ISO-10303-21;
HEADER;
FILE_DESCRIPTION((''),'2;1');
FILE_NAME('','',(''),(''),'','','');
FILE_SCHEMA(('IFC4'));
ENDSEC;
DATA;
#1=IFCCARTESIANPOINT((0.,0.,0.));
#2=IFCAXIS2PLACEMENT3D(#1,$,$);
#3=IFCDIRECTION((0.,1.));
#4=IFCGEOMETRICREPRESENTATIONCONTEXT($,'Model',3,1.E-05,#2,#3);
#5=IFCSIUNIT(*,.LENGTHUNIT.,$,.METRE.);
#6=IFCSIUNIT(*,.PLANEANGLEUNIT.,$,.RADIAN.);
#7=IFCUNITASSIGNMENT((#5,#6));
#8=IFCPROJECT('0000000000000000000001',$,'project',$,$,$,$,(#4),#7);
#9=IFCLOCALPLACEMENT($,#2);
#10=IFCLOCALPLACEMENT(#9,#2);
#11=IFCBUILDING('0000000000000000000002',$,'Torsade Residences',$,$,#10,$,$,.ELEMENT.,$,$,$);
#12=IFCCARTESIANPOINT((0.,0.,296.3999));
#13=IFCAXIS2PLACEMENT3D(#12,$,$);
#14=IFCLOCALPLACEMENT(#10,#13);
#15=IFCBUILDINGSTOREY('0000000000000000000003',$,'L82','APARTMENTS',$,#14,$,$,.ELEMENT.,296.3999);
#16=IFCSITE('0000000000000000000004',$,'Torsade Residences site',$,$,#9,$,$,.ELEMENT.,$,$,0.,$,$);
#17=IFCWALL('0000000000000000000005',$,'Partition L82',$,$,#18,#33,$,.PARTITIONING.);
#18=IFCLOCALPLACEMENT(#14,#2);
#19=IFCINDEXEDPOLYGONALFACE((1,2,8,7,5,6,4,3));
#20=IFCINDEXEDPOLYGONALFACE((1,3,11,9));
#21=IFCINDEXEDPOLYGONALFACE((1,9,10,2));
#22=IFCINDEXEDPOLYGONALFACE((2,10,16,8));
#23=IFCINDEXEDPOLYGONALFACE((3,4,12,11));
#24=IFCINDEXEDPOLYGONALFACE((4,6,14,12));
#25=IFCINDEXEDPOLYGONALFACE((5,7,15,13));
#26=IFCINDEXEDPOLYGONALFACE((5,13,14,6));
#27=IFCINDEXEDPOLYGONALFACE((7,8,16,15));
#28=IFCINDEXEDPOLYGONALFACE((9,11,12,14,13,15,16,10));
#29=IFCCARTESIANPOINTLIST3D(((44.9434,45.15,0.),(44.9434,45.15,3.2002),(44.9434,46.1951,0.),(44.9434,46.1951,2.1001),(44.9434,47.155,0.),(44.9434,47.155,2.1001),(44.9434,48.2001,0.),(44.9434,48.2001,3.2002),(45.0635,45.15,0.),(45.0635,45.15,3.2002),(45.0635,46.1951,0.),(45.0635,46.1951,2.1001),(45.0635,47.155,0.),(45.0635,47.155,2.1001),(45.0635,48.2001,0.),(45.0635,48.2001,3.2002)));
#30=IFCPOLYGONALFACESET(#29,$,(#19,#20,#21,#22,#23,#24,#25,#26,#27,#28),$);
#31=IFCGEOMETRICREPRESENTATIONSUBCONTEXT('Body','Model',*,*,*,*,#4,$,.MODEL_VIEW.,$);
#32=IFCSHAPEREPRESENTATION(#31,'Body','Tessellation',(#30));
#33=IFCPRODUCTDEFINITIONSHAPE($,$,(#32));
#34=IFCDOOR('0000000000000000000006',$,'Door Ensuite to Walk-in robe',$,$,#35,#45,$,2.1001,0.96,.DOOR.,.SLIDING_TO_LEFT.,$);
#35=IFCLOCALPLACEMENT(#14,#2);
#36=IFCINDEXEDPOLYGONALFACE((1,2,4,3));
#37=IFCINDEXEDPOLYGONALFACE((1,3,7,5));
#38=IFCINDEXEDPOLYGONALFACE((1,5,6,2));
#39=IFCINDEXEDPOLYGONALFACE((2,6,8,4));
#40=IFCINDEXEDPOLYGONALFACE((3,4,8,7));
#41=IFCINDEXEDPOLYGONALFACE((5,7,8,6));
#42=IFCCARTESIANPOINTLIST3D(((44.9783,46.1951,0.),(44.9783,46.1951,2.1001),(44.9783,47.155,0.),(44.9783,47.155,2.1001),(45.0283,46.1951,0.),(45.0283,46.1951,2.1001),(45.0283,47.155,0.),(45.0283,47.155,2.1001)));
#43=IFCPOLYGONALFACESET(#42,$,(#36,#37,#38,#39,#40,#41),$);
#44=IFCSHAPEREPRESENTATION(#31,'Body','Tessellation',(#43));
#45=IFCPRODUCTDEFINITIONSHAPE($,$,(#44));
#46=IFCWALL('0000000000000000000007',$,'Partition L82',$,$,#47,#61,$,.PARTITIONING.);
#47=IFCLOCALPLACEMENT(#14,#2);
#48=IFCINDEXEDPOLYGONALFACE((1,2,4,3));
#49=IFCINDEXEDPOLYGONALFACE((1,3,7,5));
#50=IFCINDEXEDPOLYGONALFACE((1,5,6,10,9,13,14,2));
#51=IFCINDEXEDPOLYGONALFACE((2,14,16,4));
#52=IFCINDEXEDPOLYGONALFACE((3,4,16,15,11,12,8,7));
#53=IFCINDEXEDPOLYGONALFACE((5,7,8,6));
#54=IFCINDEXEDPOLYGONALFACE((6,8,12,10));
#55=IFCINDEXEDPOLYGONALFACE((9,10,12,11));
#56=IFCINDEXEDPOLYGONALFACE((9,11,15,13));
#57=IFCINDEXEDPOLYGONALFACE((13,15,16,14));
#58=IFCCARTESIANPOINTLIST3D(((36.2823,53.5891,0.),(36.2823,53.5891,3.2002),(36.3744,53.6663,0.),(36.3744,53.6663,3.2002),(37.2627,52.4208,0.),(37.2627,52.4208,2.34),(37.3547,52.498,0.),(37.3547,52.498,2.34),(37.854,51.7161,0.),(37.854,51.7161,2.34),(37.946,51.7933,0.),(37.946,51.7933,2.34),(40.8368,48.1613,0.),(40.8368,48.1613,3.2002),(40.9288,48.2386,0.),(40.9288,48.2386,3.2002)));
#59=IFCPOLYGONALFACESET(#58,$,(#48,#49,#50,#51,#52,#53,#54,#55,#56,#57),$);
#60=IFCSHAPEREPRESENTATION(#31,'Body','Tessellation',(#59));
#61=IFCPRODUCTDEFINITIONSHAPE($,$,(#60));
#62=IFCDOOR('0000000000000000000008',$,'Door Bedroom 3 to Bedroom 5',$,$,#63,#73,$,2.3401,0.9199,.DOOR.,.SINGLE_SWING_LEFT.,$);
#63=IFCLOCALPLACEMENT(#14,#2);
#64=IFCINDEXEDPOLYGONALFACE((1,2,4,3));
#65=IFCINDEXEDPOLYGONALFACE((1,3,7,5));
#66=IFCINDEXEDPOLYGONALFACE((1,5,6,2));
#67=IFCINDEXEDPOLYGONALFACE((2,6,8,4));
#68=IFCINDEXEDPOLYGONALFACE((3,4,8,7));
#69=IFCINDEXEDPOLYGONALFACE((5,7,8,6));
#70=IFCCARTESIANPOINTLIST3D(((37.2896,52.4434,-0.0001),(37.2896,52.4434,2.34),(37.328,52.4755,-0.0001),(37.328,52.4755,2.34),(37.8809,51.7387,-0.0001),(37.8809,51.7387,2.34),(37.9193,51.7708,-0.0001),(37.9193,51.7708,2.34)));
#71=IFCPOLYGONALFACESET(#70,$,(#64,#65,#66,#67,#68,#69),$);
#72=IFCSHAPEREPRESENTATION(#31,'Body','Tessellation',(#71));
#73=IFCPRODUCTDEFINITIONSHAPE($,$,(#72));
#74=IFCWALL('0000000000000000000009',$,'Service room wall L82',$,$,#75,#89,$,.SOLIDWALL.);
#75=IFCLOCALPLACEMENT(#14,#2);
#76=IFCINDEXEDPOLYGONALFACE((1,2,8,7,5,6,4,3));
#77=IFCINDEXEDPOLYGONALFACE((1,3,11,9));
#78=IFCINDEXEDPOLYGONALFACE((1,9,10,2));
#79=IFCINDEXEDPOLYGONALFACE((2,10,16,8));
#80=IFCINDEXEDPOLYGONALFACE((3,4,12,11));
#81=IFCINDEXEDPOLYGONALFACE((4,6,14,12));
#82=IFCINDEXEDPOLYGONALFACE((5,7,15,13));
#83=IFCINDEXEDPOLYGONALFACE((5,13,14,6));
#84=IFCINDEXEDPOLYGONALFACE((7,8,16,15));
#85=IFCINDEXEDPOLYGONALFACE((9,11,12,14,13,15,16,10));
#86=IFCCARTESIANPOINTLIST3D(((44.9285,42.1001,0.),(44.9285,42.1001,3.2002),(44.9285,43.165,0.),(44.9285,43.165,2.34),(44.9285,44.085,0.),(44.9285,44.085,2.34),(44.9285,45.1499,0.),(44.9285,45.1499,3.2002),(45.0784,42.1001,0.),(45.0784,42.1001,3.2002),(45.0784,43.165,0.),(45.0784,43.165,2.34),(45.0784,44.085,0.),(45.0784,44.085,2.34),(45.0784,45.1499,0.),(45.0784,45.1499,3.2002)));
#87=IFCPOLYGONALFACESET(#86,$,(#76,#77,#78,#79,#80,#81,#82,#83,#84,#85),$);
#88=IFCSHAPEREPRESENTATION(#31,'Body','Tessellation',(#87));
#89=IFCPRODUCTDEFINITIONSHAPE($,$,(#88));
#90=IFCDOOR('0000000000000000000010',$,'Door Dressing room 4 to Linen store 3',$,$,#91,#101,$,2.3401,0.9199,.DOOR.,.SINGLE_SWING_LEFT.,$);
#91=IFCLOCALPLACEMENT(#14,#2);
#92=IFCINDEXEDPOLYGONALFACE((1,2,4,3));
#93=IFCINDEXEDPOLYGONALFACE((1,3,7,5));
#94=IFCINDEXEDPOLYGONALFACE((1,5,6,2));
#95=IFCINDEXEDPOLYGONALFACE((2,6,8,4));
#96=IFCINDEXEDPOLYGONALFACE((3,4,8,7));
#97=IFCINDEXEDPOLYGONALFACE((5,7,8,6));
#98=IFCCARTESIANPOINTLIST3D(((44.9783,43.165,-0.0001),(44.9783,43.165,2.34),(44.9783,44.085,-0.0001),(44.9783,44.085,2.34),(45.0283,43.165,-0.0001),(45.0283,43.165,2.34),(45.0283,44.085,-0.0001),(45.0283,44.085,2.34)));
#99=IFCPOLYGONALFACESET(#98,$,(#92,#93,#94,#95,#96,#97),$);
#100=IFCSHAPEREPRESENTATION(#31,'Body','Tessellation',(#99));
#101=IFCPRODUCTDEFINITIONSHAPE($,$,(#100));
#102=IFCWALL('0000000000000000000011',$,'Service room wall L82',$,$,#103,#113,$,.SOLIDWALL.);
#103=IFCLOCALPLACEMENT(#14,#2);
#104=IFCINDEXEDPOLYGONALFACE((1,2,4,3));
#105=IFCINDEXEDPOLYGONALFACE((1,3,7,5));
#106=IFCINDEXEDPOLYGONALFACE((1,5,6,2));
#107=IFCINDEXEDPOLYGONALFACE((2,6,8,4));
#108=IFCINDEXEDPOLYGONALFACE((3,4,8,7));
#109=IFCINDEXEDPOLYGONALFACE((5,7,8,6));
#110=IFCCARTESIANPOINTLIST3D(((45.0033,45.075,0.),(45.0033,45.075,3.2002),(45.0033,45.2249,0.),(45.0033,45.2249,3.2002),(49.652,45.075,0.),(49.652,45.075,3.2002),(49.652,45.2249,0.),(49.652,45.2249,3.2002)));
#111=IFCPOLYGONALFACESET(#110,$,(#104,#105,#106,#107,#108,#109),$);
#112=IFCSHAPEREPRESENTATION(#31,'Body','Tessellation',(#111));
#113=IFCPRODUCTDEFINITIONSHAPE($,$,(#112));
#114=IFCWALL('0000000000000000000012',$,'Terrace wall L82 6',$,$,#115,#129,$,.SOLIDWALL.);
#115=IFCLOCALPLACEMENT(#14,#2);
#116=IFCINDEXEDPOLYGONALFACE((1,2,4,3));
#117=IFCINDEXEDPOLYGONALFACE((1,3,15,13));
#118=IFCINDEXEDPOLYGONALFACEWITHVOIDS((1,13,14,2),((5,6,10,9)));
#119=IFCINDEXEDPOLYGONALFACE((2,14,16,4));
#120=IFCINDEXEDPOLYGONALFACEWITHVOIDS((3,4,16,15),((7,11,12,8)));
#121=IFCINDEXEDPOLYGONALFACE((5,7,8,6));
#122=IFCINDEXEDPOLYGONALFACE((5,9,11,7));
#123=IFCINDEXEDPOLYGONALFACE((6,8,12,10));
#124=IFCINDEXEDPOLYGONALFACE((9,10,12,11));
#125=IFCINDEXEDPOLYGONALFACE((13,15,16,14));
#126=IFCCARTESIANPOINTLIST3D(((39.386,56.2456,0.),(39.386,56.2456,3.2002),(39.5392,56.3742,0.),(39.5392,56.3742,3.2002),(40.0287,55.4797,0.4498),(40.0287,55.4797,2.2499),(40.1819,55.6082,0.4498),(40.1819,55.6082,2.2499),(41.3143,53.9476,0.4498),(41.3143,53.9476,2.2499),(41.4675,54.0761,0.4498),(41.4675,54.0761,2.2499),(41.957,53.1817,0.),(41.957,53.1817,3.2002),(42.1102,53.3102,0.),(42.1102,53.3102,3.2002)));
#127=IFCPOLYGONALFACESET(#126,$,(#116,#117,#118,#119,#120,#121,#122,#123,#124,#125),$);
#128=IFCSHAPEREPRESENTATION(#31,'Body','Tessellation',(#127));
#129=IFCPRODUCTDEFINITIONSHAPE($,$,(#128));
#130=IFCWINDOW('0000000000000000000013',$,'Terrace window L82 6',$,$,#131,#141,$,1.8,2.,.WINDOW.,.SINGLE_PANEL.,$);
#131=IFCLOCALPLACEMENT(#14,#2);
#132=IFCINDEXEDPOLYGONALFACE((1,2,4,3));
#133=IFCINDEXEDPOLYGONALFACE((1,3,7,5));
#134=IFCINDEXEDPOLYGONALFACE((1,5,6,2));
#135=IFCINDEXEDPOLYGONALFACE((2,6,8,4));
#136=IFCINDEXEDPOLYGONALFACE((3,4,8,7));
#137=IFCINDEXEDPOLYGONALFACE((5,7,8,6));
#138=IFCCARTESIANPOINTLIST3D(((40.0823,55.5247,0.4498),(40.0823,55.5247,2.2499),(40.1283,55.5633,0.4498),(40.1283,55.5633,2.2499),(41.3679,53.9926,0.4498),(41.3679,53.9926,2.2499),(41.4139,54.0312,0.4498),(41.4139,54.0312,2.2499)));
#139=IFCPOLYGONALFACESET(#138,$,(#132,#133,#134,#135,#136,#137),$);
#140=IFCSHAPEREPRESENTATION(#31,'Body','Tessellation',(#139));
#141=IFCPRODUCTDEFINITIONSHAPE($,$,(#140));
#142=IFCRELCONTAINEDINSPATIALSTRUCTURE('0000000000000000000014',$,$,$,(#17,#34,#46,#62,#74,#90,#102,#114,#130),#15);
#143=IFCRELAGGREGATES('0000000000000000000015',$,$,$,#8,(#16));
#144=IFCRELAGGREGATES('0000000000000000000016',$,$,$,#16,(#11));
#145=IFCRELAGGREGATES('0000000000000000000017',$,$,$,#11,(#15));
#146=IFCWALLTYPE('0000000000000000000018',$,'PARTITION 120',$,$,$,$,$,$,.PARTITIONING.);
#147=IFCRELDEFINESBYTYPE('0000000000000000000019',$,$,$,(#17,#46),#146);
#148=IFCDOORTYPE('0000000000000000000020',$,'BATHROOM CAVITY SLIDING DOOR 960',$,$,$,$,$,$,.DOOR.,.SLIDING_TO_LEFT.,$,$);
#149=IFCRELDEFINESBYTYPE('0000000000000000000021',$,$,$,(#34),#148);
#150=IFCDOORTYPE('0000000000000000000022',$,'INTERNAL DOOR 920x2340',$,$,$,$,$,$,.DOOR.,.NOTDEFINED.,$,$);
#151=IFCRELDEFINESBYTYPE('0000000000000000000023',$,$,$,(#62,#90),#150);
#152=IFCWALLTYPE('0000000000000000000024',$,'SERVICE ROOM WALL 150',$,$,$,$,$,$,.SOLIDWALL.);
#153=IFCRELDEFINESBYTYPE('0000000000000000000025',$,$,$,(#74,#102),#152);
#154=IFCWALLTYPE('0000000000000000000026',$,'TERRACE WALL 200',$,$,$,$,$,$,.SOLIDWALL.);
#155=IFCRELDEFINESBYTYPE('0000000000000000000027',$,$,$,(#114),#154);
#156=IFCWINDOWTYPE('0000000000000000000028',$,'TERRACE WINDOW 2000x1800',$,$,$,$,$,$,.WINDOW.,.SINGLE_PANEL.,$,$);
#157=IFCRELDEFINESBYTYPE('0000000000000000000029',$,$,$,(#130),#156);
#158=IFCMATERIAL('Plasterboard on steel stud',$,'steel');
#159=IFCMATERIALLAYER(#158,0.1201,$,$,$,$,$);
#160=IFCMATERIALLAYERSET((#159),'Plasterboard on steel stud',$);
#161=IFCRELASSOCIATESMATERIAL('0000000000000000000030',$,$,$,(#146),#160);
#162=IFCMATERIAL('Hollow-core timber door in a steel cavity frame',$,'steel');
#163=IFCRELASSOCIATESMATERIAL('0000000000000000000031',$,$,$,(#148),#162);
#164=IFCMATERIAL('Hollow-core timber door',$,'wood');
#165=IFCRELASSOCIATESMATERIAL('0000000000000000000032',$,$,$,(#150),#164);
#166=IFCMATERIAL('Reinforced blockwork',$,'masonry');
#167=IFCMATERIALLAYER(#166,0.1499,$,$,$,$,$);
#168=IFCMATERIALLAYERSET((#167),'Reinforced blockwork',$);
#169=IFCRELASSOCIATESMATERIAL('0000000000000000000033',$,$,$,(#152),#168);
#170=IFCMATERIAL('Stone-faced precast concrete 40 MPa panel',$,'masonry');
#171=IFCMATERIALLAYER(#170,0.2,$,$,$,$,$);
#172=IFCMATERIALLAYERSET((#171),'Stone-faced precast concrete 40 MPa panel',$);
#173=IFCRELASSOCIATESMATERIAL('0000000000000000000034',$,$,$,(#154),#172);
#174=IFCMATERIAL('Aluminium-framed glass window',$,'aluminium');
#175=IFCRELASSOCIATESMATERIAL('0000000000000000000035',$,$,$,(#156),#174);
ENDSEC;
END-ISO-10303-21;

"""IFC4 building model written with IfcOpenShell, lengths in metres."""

from ifc_helpers import new_model, si_unit, direction, frame, frame_2d, origin, place, context, subcontext, project, spatial, rectangle, extrude, material, layer, layer_set, type_object, element, fill, save


model = new_model("IFC4")

# Units and contexts
model_context = context("Model", 3, precision=1e-05, world=origin(), true_north=direction((0.0, 1.0)))
body_context = subcontext(model_context, "Body", "Model", "MODEL_VIEW")
ifc_project = project(units=[si_unit("LENGTHUNIT", "METRE"), si_unit("PLANEANGLEUNIT", "RADIAN")], contexts=[model_context])

# Site, building, storey
site_placement = place(None, origin())
site = spatial("IfcSite", under=ifc_project, at=site_placement, Name="Torsade Residences site", CompositionType="ELEMENT", RefElevation=0.0)
building_placement = place(site_placement, origin())
building = spatial("IfcBuilding", under=site, at=building_placement, Name="Torsade Residences", CompositionType="ELEMENT")
storey_placement = place(building_placement, frame((0.0, 0.0, 296.3999)))
storey = spatial("IfcBuildingStorey", under=building, at=storey_placement, Name="L82", Description="APARTMENTS", CompositionType="ELEMENT", Elevation=296.3999)

# Shared definitions
ifc_material_1 = material(Name="Plasterboard on steel stud", Category="steel")
ifc_layer_1 = layer(ifc_material_1, 0.1201)
ifc_layer_set_1 = layer_set([ifc_layer_1], Name="Plasterboard on steel stud")
wall_type_1 = type_object("IfcWallType", Name="PARTITION 120", PredefinedType="PARTITIONING", material=ifc_layer_set_1)
ifc_material_2 = material(Name="Hollow-core timber door in a steel cavity frame", Category="steel")
door_type_1 = type_object("IfcDoorType", Name="BATHROOM CAVITY SLIDING DOOR 960", OperationType="SLIDING_TO_LEFT", PredefinedType="DOOR", material=ifc_material_2)

# Walls, openings, doors
wall_1_placement = place(storey_placement, frame((45.0034, 48.2, 0.0), z_axis=(0.0, 0.0, 1.0), x_axis=(0.0, -1.0, 0.0)))
wall_1 = element("IfcWall", 1, at=wall_1_placement, inside=storey, type_object=wall_type_1, Name="Partition L82", PredefinedType="PARTITIONING", context=body_context, shape_type="SweptSolid", body=[
    extrude(rectangle(XDim=3.05, YDim=0.1201, at=frame_2d((1.5249, 0.0))), origin(), (0.0, 0.0, 1.0), 3.2002),
])
opening_1_placement = place(wall_1_placement, frame((1.0449, 0.0, 0.0)))
opening_1 = element("IfcOpeningElement", 2, at=opening_1_placement, cuts=wall_1, PredefinedType="OPENING", context=body_context, shape_type="SweptSolid", body=[
    extrude(rectangle(XDim=0.96, YDim=2.1001, at=frame_2d((0.48, 1.05))), frame((0.0, 0.0701, 0.0), z_axis=(0.0, -1.0, 0.0), x_axis=(1.0, 0.0, 0.0)), (0.0, 0.0, 1.0), 0.1401),
])
door_1_placement = place(opening_1_placement, origin())
door_1 = element("IfcDoor", 3, at=door_1_placement, inside=storey, type_object=door_type_1, Name="Door Ensuite to Walk-in robe", OperationType="SLIDING_TO_LEFT", OverallHeight=2.1001, OverallWidth=0.96, PredefinedType="DOOR", context=body_context, shape_type="SweptSolid", body=[
    extrude(rectangle(XDim=0.96, YDim=2.1001, at=frame_2d((0.48, 1.05))), frame((0.0, 0.0249, 0.0), z_axis=(0.0, -1.0, 0.0), x_axis=(1.0, 0.0, 0.0)), (0.0, 0.0, 1.0), 0.05),
])
fill(opening_1, door_1)
wall_2_placement = place(storey_placement, frame((40.8828, 48.2, 0.0), z_axis=(0.0, 0.0, 1.0), x_axis=(-0.64279, 0.766042, 0.0)))
wall_2 = element("IfcWall", 4, at=wall_2_placement, inside=storey, type_object=wall_type_1, Name="Partition L82", PredefinedType="PARTITIONING", context=body_context, shape_type="SweptSolid", body=[
    extrude(rectangle(XDim=7.0854, YDim=0.1201, at=frame_2d((3.5427, 0.0))), origin(), (0.0, 0.0, 1.0), 3.2002),
])
opening_2_placement = place(wall_2_placement, frame((4.6404, 0.0, 0.0)))
opening_2 = element("IfcOpeningElement", 5, at=opening_2_placement, cuts=wall_2, PredefinedType="OPENING", context=body_context, shape_type="SweptSolid", body=[
    extrude(rectangle(XDim=0.9199, YDim=2.3401, at=frame_2d((0.46, 1.1699))), frame((0.0, 0.0701, 0.0), z_axis=(0.0, -1.0, 0.0), x_axis=(1.0, 0.0, 0.0)), (0.0, 0.0, 1.0), 0.1401),
])
ifc_material_3 = material(Name="Hollow-core timber door", Category="wood")
door_type_2 = type_object("IfcDoorType", Name="INTERNAL DOOR 920x2340", OperationType="NOTDEFINED", PredefinedType="DOOR", material=ifc_material_3)
door_2_placement = place(opening_2_placement, origin())
door_2 = element("IfcDoor", 6, at=door_2_placement, inside=storey, type_object=door_type_2, Name="Door Bedroom 3 to Bedroom 5", OperationType="SINGLE_SWING_LEFT", OverallHeight=2.3401, OverallWidth=0.9199, PredefinedType="DOOR", context=body_context, shape_type="SweptSolid", body=[
    extrude(rectangle(XDim=0.9199, YDim=2.3401, at=frame_2d((0.46, 1.1699))), frame((0.0, 0.0249, 0.0), z_axis=(0.0, -1.0, 0.0), x_axis=(1.0, 0.0, 0.0)), (0.0, 0.0, 1.0), 0.05),
])
fill(opening_2, door_2)
ifc_material_4 = material(Name="Reinforced blockwork", Category="masonry")
ifc_layer_2 = layer(ifc_material_4, 0.1499)
ifc_layer_set_2 = layer_set([ifc_layer_2], Name="Reinforced blockwork")
wall_type_2 = type_object("IfcWallType", Name="SERVICE ROOM WALL 150", PredefinedType="SOLIDWALL", material=ifc_layer_set_2)
wall_3_placement = place(storey_placement, frame((45.0034, 45.1499, 0.0), z_axis=(0.0, 0.0, 1.0), x_axis=(0.0, -1.0, 0.0)))
wall_3 = element("IfcWall", 7, at=wall_3_placement, inside=storey, type_object=wall_type_2, Name="Service room wall L82", PredefinedType="SOLIDWALL", context=body_context, shape_type="SweptSolid", body=[
    extrude(rectangle(XDim=3.0498, YDim=0.1499, at=frame_2d((1.5249, 0.0))), origin(), (0.0, 0.0, 1.0), 3.2002),
])
opening_3_placement = place(wall_3_placement, frame((1.0649, 0.0, 0.0)))
opening_3 = element("IfcOpeningElement", 8, at=opening_3_placement, cuts=wall_3, PredefinedType="OPENING", context=body_context, shape_type="SweptSolid", body=[
    extrude(rectangle(XDim=0.9199, YDim=2.3401, at=frame_2d((0.46, 1.1699))), frame((0.0, 0.085, 0.0), z_axis=(0.0, -1.0, 0.0), x_axis=(1.0, 0.0, 0.0)), (0.0, 0.0, 1.0), 0.1699),
])
door_3_placement = place(opening_3_placement, origin())
door_3 = element("IfcDoor", 9, at=door_3_placement, inside=storey, type_object=door_type_2, Name="Door Dressing room 4 to Linen store 3", OperationType="SINGLE_SWING_LEFT", OverallHeight=2.3401, OverallWidth=0.9199, PredefinedType="DOOR", context=body_context, shape_type="SweptSolid", body=[
    extrude(rectangle(XDim=0.9199, YDim=2.3401, at=frame_2d((0.46, 1.1699))), frame((0.0, 0.0249, 0.0), z_axis=(0.0, -1.0, 0.0), x_axis=(1.0, 0.0, 0.0)), (0.0, 0.0, 1.0), 0.05),
])
fill(opening_3, door_3)

# Wall
wall_4_placement = place(storey_placement, frame((45.0034, 45.1499, 0.0), z_axis=(0.0, 0.0, 1.0), x_axis=(1.0, 0.0, 0.0)))
element("IfcWall", 10, at=wall_4_placement, inside=storey, type_object=wall_type_2, Name="Service room wall L82", PredefinedType="SOLIDWALL", context=body_context, shape_type="SweptSolid", body=[
    extrude(rectangle(XDim=4.6487, YDim=0.1499, at=frame_2d((2.3242, 0.0))), origin(), (0.0, 0.0, 1.0), 3.2002),
])

# Shared definitions
ifc_material_5 = material(Name="Stone-faced precast concrete 40 MPa panel", Category="masonry")
ifc_layer_3 = layer(ifc_material_5, 0.2)
ifc_layer_set_3 = layer_set([ifc_layer_3], Name="Stone-faced precast concrete 40 MPa panel")
wall_type_3 = type_object("IfcWallType", Name="TERRACE WALL 200", PredefinedType="SOLIDWALL", material=ifc_layer_set_3)

# Wall, opening, window
wall_5_placement = place(storey_placement, frame((42.0337, 53.2458, 0.0), z_axis=(0.0, 0.0, 1.0), x_axis=(-0.642798, 0.766035, 0.0)))
wall_5 = element("IfcWall", 11, at=wall_5_placement, inside=storey, type_object=wall_type_3, Name="Terrace wall L82 6", PredefinedType="SOLIDWALL", context=body_context, shape_type="SweptSolid", body=[
    extrude(rectangle(XDim=3.9998, YDim=0.2, at=frame_2d((2.0, 0.0))), origin(), (0.0, 0.0, 1.0), 3.2002),
])
opening_4_placement = place(wall_5_placement, frame((1.0, 0.0, 0.45)))
opening_4 = element("IfcOpeningElement", 12, at=opening_4_placement, cuts=wall_5, PredefinedType="OPENING", context=body_context, shape_type="SweptSolid", body=[
    extrude(rectangle(XDim=2.0, YDim=1.8, at=frame_2d((1.0, 0.8999))), frame((0.0, 0.1099, 0.0), z_axis=(0.0, -1.0, 0.0), x_axis=(1.0, 0.0, 0.0)), (0.0, 0.0, 1.0), 0.22),
])
ifc_material_6 = material(Name="Aluminium-framed glass window", Category="aluminium")
window_type = type_object("IfcWindowType", Name="TERRACE WINDOW 2000x1800", PartitioningType="SINGLE_PANEL", PredefinedType="WINDOW", material=ifc_material_6)
window_placement = place(opening_4_placement, origin())
window = element("IfcWindow", 13, at=window_placement, inside=storey, type_object=window_type, Name="Terrace window L82 6", OverallHeight=1.8, OverallWidth=2.0, PartitioningType="SINGLE_PANEL", PredefinedType="WINDOW", context=body_context, shape_type="SweptSolid", body=[
    extrude(rectangle(XDim=2.0, YDim=1.8, at=frame_2d((1.0, 0.8999))), frame((0.0, 0.03, 0.0), z_axis=(0.0, -1.0, 0.0), x_axis=(1.0, 0.0, 0.0)), (0.0, 0.0, 1.0), 0.0601),
])
fill(opening_4, window)

save(model, "model.ifc")
